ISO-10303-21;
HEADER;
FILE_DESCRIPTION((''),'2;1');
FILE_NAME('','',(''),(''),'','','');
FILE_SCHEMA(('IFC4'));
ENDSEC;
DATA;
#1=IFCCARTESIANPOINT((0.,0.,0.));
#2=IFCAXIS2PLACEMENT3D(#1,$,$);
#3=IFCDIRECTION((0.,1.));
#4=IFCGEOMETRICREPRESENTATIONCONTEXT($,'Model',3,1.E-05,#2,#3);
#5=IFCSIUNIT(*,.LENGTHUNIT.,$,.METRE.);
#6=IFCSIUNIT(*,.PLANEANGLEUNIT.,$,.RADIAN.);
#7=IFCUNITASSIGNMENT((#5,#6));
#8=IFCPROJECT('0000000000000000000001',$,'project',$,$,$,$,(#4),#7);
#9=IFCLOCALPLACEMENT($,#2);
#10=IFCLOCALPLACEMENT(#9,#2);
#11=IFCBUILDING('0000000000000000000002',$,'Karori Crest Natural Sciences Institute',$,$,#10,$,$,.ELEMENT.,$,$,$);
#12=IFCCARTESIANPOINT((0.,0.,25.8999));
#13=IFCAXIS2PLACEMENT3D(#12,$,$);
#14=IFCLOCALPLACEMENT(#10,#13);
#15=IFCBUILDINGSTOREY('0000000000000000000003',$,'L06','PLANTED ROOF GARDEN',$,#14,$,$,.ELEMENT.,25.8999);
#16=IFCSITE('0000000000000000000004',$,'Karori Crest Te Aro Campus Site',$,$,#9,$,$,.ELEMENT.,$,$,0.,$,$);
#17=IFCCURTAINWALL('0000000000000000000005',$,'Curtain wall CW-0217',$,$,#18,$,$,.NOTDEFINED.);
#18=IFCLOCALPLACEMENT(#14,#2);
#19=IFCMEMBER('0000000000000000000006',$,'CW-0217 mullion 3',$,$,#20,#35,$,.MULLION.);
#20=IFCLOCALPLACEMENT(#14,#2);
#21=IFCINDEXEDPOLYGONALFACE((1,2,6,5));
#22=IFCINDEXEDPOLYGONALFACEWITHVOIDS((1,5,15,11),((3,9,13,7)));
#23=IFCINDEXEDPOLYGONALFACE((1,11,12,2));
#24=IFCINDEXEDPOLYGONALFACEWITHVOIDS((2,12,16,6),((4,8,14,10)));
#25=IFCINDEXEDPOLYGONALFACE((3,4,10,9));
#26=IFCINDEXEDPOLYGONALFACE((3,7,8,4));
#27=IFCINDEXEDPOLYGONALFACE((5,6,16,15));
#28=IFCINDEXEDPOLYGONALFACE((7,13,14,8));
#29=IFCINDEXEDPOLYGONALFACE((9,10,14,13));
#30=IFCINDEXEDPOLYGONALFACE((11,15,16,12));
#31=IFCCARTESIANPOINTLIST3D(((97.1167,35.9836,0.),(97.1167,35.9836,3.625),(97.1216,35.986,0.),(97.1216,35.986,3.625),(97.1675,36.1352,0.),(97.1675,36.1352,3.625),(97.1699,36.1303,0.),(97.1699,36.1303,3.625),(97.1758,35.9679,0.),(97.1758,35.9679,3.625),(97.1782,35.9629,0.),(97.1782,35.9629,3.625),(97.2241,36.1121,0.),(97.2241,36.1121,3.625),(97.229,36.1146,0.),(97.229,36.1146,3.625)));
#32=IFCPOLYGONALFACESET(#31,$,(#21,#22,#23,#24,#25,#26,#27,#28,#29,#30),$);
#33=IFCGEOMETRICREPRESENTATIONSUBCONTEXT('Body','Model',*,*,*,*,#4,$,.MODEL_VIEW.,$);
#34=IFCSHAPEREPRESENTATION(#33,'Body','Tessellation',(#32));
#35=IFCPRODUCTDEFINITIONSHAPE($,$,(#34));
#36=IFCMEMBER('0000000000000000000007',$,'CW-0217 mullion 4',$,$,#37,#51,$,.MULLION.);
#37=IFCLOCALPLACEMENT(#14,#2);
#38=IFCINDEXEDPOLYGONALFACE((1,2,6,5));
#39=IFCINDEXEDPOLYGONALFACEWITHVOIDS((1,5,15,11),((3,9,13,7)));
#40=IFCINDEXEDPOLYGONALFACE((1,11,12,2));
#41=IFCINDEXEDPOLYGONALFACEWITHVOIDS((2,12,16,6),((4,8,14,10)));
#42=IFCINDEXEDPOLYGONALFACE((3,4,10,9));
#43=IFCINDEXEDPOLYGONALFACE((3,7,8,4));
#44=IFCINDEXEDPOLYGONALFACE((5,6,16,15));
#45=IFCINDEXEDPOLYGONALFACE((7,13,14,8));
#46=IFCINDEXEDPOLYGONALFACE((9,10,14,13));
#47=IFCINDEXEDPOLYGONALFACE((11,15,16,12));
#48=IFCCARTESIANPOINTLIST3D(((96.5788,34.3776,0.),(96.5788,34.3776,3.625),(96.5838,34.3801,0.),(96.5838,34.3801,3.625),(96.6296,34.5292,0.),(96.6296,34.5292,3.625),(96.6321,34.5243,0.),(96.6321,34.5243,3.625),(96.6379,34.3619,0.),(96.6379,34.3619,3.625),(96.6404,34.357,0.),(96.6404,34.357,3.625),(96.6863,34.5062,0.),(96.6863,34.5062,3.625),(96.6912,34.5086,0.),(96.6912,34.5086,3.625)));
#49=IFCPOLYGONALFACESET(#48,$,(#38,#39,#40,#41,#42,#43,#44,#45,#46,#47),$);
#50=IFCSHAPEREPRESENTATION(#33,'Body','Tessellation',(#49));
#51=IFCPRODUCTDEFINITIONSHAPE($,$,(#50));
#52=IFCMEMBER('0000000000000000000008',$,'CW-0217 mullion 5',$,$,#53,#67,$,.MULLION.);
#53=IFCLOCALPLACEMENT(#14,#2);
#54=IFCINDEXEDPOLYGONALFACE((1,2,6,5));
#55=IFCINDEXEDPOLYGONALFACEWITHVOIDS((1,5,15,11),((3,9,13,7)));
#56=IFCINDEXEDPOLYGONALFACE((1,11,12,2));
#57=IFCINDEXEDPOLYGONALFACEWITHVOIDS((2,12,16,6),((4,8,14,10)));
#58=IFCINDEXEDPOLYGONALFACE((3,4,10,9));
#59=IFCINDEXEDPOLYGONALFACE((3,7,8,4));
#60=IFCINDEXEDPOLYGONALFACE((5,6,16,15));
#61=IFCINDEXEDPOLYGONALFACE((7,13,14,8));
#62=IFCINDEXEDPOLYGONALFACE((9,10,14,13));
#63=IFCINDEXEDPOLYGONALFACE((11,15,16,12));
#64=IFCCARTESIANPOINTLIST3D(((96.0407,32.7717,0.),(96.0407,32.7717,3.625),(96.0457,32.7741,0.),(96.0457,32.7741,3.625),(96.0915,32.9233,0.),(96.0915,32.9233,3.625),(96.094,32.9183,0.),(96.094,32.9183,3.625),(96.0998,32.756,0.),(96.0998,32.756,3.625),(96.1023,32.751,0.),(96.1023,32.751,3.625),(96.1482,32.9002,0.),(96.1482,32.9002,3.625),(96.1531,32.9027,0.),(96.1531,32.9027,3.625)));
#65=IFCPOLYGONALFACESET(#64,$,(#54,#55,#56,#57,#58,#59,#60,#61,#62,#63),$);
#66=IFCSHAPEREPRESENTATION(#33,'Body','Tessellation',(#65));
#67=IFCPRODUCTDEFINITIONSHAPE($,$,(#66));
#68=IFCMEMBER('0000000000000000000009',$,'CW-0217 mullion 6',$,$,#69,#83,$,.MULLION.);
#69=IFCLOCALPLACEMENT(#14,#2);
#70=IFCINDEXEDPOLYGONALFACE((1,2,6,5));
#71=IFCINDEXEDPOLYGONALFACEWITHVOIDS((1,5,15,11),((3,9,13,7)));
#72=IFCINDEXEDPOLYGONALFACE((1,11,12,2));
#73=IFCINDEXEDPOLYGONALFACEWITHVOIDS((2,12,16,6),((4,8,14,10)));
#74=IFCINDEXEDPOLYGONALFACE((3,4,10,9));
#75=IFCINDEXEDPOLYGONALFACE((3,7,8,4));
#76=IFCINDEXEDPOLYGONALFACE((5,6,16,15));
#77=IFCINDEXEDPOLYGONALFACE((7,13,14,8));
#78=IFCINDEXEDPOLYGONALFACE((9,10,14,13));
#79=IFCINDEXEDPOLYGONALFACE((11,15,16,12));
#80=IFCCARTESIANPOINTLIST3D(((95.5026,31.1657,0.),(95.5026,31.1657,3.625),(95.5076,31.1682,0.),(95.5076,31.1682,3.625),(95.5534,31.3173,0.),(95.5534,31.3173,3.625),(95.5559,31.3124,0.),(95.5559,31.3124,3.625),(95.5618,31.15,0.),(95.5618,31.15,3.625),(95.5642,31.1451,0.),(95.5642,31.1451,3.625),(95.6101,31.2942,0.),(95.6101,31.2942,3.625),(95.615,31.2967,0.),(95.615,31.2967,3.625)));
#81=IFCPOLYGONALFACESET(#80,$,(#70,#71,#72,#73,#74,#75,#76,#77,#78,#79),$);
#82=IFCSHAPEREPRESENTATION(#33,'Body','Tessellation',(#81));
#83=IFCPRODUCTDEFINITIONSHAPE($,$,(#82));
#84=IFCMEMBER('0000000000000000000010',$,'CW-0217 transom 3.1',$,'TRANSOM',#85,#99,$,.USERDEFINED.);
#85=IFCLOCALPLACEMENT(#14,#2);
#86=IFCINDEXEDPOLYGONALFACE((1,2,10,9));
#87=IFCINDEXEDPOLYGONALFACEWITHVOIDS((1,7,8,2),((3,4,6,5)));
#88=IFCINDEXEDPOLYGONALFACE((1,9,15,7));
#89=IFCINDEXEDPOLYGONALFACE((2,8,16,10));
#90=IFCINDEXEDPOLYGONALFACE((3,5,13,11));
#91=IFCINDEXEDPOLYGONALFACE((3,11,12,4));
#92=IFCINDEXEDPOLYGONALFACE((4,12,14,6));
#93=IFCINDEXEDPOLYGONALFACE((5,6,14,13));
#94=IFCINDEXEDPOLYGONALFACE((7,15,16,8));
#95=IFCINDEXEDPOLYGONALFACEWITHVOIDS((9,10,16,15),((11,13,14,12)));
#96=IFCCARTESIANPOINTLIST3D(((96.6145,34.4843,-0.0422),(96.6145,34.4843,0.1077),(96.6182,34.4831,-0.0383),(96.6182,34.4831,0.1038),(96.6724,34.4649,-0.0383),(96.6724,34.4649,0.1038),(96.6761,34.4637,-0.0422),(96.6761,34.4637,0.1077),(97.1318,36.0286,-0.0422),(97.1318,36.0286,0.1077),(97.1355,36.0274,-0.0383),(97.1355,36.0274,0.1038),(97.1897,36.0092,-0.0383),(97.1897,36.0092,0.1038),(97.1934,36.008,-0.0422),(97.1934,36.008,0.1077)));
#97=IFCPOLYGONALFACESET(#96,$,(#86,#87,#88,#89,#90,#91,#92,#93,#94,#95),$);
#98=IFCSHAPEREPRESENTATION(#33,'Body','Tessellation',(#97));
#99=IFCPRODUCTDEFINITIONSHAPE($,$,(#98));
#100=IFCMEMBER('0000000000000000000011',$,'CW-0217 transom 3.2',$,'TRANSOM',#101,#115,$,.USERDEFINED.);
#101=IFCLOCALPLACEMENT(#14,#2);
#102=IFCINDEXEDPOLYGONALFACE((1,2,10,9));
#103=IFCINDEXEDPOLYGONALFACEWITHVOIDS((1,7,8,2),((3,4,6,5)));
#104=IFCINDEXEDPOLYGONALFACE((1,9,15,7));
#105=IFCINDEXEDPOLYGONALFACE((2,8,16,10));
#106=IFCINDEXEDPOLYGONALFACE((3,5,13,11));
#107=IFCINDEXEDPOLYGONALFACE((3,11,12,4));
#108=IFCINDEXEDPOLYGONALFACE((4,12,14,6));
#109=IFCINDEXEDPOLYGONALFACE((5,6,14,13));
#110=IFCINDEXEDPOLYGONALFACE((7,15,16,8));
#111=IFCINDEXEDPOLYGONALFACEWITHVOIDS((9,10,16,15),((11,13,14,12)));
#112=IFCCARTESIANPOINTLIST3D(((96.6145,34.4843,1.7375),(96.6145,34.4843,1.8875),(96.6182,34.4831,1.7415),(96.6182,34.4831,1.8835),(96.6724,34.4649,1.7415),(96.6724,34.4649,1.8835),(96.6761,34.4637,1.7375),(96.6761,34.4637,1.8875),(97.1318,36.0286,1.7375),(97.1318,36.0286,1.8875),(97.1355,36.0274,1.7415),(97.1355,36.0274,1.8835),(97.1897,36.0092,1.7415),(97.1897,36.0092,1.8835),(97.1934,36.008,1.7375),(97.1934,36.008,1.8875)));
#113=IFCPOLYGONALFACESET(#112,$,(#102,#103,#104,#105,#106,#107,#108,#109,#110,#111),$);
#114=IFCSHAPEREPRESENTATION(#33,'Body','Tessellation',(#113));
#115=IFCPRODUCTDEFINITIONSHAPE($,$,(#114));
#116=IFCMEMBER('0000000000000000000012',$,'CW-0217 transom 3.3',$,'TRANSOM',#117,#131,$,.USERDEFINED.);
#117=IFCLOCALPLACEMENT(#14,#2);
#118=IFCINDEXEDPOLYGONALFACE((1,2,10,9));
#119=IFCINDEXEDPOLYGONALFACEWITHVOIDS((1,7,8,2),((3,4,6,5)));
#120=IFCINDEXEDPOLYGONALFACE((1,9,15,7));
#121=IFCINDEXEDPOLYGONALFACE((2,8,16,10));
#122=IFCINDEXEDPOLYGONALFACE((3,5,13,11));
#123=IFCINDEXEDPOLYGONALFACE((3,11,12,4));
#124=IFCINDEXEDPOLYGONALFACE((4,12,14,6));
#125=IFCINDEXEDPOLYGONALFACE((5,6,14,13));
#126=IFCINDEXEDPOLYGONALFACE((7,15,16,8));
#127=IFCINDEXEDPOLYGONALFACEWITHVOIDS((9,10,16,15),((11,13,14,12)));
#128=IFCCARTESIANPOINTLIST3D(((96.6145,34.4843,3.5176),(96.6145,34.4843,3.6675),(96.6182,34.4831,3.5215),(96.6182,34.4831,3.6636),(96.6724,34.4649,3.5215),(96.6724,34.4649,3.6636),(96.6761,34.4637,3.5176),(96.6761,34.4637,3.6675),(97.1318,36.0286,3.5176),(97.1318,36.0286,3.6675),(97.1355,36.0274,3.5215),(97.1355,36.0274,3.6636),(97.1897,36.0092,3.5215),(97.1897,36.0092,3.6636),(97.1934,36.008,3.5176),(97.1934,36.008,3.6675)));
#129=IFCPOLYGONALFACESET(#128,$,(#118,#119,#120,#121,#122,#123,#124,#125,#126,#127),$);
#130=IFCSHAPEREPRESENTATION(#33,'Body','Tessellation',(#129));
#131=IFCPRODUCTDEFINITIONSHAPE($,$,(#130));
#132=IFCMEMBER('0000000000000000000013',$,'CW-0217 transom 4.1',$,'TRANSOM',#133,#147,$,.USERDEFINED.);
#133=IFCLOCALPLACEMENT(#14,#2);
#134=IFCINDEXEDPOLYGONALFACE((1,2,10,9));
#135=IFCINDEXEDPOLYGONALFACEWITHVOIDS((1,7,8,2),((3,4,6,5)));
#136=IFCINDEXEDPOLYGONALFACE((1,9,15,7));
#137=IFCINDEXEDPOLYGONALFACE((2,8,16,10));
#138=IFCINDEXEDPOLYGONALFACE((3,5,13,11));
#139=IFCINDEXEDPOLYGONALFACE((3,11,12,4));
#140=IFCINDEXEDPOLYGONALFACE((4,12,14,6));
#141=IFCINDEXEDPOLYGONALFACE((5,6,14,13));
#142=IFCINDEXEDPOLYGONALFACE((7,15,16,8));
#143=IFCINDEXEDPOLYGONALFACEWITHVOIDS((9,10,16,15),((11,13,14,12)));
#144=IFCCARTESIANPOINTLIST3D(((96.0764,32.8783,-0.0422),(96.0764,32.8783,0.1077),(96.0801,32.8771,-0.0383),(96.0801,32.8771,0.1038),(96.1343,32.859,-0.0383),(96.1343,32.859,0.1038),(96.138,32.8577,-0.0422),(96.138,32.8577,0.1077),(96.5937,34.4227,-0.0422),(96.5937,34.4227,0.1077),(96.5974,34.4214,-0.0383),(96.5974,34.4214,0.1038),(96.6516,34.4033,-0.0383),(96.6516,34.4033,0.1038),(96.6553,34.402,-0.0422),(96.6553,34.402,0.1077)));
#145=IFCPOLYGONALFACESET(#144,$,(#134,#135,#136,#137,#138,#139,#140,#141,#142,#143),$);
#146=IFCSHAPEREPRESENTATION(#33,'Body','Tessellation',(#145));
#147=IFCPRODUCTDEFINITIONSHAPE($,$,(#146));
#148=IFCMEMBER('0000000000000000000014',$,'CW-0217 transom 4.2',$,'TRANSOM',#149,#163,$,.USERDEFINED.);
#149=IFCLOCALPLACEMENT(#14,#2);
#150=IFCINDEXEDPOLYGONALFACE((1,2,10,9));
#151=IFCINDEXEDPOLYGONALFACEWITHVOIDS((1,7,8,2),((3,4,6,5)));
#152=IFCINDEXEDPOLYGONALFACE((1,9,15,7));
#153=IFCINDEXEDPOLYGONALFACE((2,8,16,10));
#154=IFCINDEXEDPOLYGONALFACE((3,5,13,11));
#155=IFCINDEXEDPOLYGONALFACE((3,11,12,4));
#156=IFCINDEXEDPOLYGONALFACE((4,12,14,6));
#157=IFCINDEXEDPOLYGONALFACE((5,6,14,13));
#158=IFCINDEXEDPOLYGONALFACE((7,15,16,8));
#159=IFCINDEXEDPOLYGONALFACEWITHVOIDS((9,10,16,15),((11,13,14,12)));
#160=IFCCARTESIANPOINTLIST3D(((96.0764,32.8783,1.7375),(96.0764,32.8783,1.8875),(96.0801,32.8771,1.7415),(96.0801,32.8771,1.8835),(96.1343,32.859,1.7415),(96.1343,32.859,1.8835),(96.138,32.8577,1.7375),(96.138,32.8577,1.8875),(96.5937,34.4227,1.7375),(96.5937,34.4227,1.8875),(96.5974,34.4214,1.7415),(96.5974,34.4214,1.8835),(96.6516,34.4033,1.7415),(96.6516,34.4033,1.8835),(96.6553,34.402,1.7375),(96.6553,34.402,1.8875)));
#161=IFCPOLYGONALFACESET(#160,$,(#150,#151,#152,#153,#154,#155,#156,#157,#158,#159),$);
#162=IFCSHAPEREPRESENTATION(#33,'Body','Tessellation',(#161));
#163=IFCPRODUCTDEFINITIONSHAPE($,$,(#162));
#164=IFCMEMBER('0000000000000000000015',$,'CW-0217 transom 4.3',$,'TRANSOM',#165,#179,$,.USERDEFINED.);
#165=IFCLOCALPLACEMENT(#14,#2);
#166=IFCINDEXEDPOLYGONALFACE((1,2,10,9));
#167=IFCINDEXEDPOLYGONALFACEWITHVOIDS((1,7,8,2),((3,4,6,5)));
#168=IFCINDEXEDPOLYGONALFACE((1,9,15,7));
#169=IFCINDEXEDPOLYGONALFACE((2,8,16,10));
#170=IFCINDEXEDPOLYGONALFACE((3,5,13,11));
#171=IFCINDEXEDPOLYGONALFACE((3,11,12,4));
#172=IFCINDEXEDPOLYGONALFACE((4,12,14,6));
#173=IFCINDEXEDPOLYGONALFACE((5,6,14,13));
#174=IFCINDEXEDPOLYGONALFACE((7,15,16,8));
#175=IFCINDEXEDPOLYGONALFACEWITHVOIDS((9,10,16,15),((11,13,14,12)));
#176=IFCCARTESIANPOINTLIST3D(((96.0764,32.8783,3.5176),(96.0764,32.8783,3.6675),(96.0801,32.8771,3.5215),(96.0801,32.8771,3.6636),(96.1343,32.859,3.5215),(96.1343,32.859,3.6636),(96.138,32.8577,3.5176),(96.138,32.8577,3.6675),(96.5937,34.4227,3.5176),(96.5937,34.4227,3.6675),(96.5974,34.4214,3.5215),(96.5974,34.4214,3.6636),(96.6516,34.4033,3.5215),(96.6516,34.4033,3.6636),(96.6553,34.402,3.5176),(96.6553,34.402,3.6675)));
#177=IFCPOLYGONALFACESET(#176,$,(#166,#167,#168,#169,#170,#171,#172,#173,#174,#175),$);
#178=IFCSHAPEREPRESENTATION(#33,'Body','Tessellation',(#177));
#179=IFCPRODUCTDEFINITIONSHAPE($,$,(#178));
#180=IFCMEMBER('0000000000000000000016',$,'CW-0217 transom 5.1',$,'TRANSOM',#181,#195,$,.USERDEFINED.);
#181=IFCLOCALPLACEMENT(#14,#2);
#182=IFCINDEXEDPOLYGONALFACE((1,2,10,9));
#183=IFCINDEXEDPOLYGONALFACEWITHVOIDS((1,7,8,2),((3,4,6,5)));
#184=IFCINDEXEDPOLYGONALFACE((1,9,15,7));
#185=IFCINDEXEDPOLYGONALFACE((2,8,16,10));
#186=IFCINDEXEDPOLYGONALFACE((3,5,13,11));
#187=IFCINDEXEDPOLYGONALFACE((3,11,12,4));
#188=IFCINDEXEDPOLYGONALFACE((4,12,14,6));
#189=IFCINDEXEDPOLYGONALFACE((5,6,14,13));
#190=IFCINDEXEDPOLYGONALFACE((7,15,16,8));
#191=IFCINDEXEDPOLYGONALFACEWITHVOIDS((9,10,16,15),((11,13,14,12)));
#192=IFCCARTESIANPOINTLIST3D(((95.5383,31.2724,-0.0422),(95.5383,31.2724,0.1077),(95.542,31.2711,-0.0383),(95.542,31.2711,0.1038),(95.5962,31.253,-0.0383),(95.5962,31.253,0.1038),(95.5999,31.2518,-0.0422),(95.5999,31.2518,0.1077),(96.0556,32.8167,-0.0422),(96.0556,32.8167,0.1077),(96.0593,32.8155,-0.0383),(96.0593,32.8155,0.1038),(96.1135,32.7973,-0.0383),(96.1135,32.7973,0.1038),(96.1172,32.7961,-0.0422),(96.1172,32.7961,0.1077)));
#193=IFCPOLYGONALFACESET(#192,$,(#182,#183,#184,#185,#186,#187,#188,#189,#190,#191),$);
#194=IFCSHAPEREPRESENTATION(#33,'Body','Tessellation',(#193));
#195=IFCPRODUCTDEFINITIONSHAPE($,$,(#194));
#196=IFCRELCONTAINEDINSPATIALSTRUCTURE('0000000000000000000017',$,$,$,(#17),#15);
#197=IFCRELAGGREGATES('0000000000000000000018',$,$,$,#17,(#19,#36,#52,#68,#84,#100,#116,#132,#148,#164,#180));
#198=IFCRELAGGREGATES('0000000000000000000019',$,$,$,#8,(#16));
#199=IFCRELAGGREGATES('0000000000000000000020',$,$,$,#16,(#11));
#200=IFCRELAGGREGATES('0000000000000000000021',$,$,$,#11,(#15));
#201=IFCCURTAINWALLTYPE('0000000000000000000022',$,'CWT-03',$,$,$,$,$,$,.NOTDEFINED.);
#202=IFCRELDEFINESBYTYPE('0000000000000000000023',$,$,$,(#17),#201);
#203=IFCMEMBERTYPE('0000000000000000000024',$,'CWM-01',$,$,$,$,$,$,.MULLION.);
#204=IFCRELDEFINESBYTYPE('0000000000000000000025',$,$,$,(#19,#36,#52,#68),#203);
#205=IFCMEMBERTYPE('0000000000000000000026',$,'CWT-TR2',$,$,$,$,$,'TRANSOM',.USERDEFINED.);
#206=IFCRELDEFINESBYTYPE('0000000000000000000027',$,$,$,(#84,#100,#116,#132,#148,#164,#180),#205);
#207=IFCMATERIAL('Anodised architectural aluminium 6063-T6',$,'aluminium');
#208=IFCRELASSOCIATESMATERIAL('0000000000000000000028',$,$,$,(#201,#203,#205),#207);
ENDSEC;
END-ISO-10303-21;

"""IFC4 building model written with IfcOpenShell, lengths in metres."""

from ifc_helpers import new_model, si_unit, direction, frame, origin, origin_2d, place, context, subcontext, project, spatial, hollow_rectangle, extrude, material, material_profile, profile_set, type_object, element, aggregate, save


model = new_model("IFC4")

# Units and contexts
model_context = context("Model", 3, precision=1e-05, world=origin(), true_north=direction((0.0, 1.0)))
body_context = subcontext(model_context, "Body", "Model", "MODEL_VIEW")
ifc_project = project(units=[si_unit("LENGTHUNIT", "METRE"), si_unit("PLANEANGLEUNIT", "RADIAN")], contexts=[model_context])

# Site, building, storey
site_placement = place(None, origin())
site = spatial("IfcSite", under=ifc_project, at=site_placement, Name="Karori Crest Te Aro Campus Site", CompositionType="ELEMENT", RefElevation=0.0)
building_placement = place(site_placement, origin())
building = spatial("IfcBuilding", under=site, at=building_placement, Name="Karori Crest Natural Sciences Institute", CompositionType="ELEMENT")
storey_placement = place(building_placement, frame((0.0, 0.0, 25.8999)))
storey = spatial("IfcBuildingStorey", under=building, at=storey_placement, Name="L06", Description="PLANTED ROOF GARDEN", CompositionType="ELEMENT", Elevation=25.8999)

# Curtain wall, members
ifc_material_1 = material(Name="Anodised architectural aluminium 6063-T6", Category="aluminium")
curtain_wall_type = type_object("IfcCurtainWallType", Name="CWT-03", PredefinedType="NOTDEFINED", material=ifc_material_1)
curtain_wall_placement = place(storey_placement, origin())
curtain_wall = element("IfcCurtainWall", 1, at=curtain_wall_placement, inside=storey, type_object=curtain_wall_type, Name="Curtain wall CW-0217", PredefinedType="NOTDEFINED")
ifc_material_profile_1 = material_profile(ifc_material_1, hollow_rectangle(XDim=0.0649, YDim=0.1599, WallThickness=0.0039, at=origin_2d()), Name="CWM160x65x4")
ifc_profile_set_1 = profile_set([ifc_material_profile_1], Name="Anodised architectural aluminium 6063-T6")
member_type_1 = type_object("IfcMemberType", Name="CWM-01", PredefinedType="MULLION", material=ifc_profile_set_1)
member_1_placement = place(storey_placement, frame((97.1729, 36.0491, 0.0), z_axis=(0.0, 0.0, 1.0), x_axis=(0.948198, -0.31768, 0.0)))
member_1 = element("IfcMember", 2, at=member_1_placement, type_object=member_type_1, Name="CW-0217 mullion 3", PredefinedType="MULLION", context=body_context, shape_type="SweptSolid", body=[
    extrude(hollow_rectangle(XDim=0.0649, YDim=0.1599, WallThickness=0.0039, at=origin_2d()), origin(), (0.0, 0.0, 1.0), 3.625),
])
member_2_placement = place(storey_placement, frame((96.635, 34.4431, 0.0), z_axis=(0.0, 0.0, 1.0), x_axis=(0.948198, -0.31768, 0.0)))
member_2 = element("IfcMember", 3, at=member_2_placement, type_object=member_type_1, Name="CW-0217 mullion 4", PredefinedType="MULLION", context=body_context, shape_type="SweptSolid", body=[
    extrude(hollow_rectangle(XDim=0.0649, YDim=0.1599, WallThickness=0.0039, at=origin_2d()), origin(), (0.0, 0.0, 1.0), 3.625),
])
member_3_placement = place(storey_placement, frame((96.0969, 32.8372, 0.0), z_axis=(0.0, 0.0, 1.0), x_axis=(0.948198, -0.31768, 0.0)))
member_3 = element("IfcMember", 4, at=member_3_placement, type_object=member_type_1, Name="CW-0217 mullion 5", PredefinedType="MULLION", context=body_context, shape_type="SweptSolid", body=[
    extrude(hollow_rectangle(XDim=0.0649, YDim=0.1599, WallThickness=0.0039, at=origin_2d()), origin(), (0.0, 0.0, 1.0), 3.625),
])
member_4_placement = place(storey_placement, frame((95.5588, 31.2312, 0.0), z_axis=(0.0, 0.0, 1.0), x_axis=(0.948198, -0.31768, 0.0)))
member_4 = element("IfcMember", 5, at=member_4_placement, type_object=member_type_1, Name="CW-0217 mullion 6", PredefinedType="MULLION", context=body_context, shape_type="SweptSolid", body=[
    extrude(hollow_rectangle(XDim=0.0649, YDim=0.1599, WallThickness=0.0039, at=origin_2d()), origin(), (0.0, 0.0, 1.0), 3.625),
])
ifc_material_profile_2 = material_profile(ifc_material_1, hollow_rectangle(XDim=0.0649, YDim=0.1499, WallThickness=0.0039, at=origin_2d()), Name="CWT150x65x4")
ifc_profile_set_2 = profile_set([ifc_material_profile_2], Name="Anodised architectural aluminium 6063-T6")
member_type_2 = type_object("IfcMemberType", Name="CWT-TR2", ElementType="TRANSOM", PredefinedType="USERDEFINED", material=ifc_profile_set_2)
member_5_placement = place(storey_placement, frame((97.1626, 36.0183, 0.0327), z_axis=(-0.317621, -0.948218, 0.0), x_axis=(0.948218, -0.317621, 0.0)))
member_5 = element("IfcMember", 6, at=member_5_placement, type_object=member_type_2, Name="CW-0217 transom 3.1", ObjectType="TRANSOM", PredefinedType="USERDEFINED", context=body_context, shape_type="SweptSolid", body=[
    extrude(hollow_rectangle(XDim=0.0649, YDim=0.1499, WallThickness=0.0039, at=origin_2d()), origin(), (0.0, 0.0, 1.0), 1.6287),
])
member_6_placement = place(storey_placement, frame((97.1626, 36.0183, 1.8125), z_axis=(-0.317621, -0.948218, 0.0), x_axis=(0.948218, -0.317621, 0.0)))
member_6 = element("IfcMember", 7, at=member_6_placement, type_object=member_type_2, Name="CW-0217 transom 3.2", ObjectType="TRANSOM", PredefinedType="USERDEFINED", context=body_context, shape_type="SweptSolid", body=[
    extrude(hollow_rectangle(XDim=0.0649, YDim=0.1499, WallThickness=0.0039, at=origin_2d()), origin(), (0.0, 0.0, 1.0), 1.6287),
])
member_7_placement = place(storey_placement, frame((97.1626, 36.0183, 3.5925), z_axis=(-0.317621, -0.948218, 0.0), x_axis=(0.948218, -0.317621, 0.0)))
member_7 = element("IfcMember", 8, at=member_7_placement, type_object=member_type_2, Name="CW-0217 transom 3.3", ObjectType="TRANSOM", PredefinedType="USERDEFINED", context=body_context, shape_type="SweptSolid", body=[
    extrude(hollow_rectangle(XDim=0.0649, YDim=0.1499, WallThickness=0.0039, at=origin_2d()), origin(), (0.0, 0.0, 1.0), 1.6287),
])
member_8_placement = place(storey_placement, frame((96.6245, 34.4124, 0.0327), z_axis=(-0.317621, -0.948218, 0.0), x_axis=(0.948218, -0.317621, 0.0)))
member_8 = element("IfcMember", 9, at=member_8_placement, type_object=member_type_2, Name="CW-0217 transom 4.1", ObjectType="TRANSOM", PredefinedType="USERDEFINED", context=body_context, shape_type="SweptSolid", body=[
    extrude(hollow_rectangle(XDim=0.0649, YDim=0.1499, WallThickness=0.0039, at=origin_2d()), origin(), (0.0, 0.0, 1.0), 1.6287),
])
member_9_placement = place(storey_placement, frame((96.6245, 34.4124, 1.8125), z_axis=(-0.317621, -0.948218, 0.0), x_axis=(0.948218, -0.317621, 0.0)))
member_9 = element("IfcMember", 10, at=member_9_placement, type_object=member_type_2, Name="CW-0217 transom 4.2", ObjectType="TRANSOM", PredefinedType="USERDEFINED", context=body_context, shape_type="SweptSolid", body=[
    extrude(hollow_rectangle(XDim=0.0649, YDim=0.1499, WallThickness=0.0039, at=origin_2d()), origin(), (0.0, 0.0, 1.0), 1.6287),
])
member_10_placement = place(storey_placement, frame((96.6245, 34.4124, 3.5925), z_axis=(-0.317621, -0.948218, 0.0), x_axis=(0.948218, -0.317621, 0.0)))
member_10 = element("IfcMember", 11, at=member_10_placement, type_object=member_type_2, Name="CW-0217 transom 4.3", ObjectType="TRANSOM", PredefinedType="USERDEFINED", context=body_context, shape_type="SweptSolid", body=[
    extrude(hollow_rectangle(XDim=0.0649, YDim=0.1499, WallThickness=0.0039, at=origin_2d()), origin(), (0.0, 0.0, 1.0), 1.6287),
])
member_11_placement = place(storey_placement, frame((96.0864, 32.8064, 0.0327), z_axis=(-0.317621, -0.948218, 0.0), x_axis=(0.948218, -0.317621, 0.0)))
member_11 = element("IfcMember", 12, at=member_11_placement, type_object=member_type_2, Name="CW-0217 transom 5.1", ObjectType="TRANSOM", PredefinedType="USERDEFINED", context=body_context, shape_type="SweptSolid", body=[
    extrude(hollow_rectangle(XDim=0.0649, YDim=0.1499, WallThickness=0.0039, at=origin_2d()), origin(), (0.0, 0.0, 1.0), 1.6287),
])
aggregate(curtain_wall, [member_1, member_2, member_3, member_4, member_5, member_6, member_7, member_8, member_9, member_10, member_11])

save(model, "model.ifc")
